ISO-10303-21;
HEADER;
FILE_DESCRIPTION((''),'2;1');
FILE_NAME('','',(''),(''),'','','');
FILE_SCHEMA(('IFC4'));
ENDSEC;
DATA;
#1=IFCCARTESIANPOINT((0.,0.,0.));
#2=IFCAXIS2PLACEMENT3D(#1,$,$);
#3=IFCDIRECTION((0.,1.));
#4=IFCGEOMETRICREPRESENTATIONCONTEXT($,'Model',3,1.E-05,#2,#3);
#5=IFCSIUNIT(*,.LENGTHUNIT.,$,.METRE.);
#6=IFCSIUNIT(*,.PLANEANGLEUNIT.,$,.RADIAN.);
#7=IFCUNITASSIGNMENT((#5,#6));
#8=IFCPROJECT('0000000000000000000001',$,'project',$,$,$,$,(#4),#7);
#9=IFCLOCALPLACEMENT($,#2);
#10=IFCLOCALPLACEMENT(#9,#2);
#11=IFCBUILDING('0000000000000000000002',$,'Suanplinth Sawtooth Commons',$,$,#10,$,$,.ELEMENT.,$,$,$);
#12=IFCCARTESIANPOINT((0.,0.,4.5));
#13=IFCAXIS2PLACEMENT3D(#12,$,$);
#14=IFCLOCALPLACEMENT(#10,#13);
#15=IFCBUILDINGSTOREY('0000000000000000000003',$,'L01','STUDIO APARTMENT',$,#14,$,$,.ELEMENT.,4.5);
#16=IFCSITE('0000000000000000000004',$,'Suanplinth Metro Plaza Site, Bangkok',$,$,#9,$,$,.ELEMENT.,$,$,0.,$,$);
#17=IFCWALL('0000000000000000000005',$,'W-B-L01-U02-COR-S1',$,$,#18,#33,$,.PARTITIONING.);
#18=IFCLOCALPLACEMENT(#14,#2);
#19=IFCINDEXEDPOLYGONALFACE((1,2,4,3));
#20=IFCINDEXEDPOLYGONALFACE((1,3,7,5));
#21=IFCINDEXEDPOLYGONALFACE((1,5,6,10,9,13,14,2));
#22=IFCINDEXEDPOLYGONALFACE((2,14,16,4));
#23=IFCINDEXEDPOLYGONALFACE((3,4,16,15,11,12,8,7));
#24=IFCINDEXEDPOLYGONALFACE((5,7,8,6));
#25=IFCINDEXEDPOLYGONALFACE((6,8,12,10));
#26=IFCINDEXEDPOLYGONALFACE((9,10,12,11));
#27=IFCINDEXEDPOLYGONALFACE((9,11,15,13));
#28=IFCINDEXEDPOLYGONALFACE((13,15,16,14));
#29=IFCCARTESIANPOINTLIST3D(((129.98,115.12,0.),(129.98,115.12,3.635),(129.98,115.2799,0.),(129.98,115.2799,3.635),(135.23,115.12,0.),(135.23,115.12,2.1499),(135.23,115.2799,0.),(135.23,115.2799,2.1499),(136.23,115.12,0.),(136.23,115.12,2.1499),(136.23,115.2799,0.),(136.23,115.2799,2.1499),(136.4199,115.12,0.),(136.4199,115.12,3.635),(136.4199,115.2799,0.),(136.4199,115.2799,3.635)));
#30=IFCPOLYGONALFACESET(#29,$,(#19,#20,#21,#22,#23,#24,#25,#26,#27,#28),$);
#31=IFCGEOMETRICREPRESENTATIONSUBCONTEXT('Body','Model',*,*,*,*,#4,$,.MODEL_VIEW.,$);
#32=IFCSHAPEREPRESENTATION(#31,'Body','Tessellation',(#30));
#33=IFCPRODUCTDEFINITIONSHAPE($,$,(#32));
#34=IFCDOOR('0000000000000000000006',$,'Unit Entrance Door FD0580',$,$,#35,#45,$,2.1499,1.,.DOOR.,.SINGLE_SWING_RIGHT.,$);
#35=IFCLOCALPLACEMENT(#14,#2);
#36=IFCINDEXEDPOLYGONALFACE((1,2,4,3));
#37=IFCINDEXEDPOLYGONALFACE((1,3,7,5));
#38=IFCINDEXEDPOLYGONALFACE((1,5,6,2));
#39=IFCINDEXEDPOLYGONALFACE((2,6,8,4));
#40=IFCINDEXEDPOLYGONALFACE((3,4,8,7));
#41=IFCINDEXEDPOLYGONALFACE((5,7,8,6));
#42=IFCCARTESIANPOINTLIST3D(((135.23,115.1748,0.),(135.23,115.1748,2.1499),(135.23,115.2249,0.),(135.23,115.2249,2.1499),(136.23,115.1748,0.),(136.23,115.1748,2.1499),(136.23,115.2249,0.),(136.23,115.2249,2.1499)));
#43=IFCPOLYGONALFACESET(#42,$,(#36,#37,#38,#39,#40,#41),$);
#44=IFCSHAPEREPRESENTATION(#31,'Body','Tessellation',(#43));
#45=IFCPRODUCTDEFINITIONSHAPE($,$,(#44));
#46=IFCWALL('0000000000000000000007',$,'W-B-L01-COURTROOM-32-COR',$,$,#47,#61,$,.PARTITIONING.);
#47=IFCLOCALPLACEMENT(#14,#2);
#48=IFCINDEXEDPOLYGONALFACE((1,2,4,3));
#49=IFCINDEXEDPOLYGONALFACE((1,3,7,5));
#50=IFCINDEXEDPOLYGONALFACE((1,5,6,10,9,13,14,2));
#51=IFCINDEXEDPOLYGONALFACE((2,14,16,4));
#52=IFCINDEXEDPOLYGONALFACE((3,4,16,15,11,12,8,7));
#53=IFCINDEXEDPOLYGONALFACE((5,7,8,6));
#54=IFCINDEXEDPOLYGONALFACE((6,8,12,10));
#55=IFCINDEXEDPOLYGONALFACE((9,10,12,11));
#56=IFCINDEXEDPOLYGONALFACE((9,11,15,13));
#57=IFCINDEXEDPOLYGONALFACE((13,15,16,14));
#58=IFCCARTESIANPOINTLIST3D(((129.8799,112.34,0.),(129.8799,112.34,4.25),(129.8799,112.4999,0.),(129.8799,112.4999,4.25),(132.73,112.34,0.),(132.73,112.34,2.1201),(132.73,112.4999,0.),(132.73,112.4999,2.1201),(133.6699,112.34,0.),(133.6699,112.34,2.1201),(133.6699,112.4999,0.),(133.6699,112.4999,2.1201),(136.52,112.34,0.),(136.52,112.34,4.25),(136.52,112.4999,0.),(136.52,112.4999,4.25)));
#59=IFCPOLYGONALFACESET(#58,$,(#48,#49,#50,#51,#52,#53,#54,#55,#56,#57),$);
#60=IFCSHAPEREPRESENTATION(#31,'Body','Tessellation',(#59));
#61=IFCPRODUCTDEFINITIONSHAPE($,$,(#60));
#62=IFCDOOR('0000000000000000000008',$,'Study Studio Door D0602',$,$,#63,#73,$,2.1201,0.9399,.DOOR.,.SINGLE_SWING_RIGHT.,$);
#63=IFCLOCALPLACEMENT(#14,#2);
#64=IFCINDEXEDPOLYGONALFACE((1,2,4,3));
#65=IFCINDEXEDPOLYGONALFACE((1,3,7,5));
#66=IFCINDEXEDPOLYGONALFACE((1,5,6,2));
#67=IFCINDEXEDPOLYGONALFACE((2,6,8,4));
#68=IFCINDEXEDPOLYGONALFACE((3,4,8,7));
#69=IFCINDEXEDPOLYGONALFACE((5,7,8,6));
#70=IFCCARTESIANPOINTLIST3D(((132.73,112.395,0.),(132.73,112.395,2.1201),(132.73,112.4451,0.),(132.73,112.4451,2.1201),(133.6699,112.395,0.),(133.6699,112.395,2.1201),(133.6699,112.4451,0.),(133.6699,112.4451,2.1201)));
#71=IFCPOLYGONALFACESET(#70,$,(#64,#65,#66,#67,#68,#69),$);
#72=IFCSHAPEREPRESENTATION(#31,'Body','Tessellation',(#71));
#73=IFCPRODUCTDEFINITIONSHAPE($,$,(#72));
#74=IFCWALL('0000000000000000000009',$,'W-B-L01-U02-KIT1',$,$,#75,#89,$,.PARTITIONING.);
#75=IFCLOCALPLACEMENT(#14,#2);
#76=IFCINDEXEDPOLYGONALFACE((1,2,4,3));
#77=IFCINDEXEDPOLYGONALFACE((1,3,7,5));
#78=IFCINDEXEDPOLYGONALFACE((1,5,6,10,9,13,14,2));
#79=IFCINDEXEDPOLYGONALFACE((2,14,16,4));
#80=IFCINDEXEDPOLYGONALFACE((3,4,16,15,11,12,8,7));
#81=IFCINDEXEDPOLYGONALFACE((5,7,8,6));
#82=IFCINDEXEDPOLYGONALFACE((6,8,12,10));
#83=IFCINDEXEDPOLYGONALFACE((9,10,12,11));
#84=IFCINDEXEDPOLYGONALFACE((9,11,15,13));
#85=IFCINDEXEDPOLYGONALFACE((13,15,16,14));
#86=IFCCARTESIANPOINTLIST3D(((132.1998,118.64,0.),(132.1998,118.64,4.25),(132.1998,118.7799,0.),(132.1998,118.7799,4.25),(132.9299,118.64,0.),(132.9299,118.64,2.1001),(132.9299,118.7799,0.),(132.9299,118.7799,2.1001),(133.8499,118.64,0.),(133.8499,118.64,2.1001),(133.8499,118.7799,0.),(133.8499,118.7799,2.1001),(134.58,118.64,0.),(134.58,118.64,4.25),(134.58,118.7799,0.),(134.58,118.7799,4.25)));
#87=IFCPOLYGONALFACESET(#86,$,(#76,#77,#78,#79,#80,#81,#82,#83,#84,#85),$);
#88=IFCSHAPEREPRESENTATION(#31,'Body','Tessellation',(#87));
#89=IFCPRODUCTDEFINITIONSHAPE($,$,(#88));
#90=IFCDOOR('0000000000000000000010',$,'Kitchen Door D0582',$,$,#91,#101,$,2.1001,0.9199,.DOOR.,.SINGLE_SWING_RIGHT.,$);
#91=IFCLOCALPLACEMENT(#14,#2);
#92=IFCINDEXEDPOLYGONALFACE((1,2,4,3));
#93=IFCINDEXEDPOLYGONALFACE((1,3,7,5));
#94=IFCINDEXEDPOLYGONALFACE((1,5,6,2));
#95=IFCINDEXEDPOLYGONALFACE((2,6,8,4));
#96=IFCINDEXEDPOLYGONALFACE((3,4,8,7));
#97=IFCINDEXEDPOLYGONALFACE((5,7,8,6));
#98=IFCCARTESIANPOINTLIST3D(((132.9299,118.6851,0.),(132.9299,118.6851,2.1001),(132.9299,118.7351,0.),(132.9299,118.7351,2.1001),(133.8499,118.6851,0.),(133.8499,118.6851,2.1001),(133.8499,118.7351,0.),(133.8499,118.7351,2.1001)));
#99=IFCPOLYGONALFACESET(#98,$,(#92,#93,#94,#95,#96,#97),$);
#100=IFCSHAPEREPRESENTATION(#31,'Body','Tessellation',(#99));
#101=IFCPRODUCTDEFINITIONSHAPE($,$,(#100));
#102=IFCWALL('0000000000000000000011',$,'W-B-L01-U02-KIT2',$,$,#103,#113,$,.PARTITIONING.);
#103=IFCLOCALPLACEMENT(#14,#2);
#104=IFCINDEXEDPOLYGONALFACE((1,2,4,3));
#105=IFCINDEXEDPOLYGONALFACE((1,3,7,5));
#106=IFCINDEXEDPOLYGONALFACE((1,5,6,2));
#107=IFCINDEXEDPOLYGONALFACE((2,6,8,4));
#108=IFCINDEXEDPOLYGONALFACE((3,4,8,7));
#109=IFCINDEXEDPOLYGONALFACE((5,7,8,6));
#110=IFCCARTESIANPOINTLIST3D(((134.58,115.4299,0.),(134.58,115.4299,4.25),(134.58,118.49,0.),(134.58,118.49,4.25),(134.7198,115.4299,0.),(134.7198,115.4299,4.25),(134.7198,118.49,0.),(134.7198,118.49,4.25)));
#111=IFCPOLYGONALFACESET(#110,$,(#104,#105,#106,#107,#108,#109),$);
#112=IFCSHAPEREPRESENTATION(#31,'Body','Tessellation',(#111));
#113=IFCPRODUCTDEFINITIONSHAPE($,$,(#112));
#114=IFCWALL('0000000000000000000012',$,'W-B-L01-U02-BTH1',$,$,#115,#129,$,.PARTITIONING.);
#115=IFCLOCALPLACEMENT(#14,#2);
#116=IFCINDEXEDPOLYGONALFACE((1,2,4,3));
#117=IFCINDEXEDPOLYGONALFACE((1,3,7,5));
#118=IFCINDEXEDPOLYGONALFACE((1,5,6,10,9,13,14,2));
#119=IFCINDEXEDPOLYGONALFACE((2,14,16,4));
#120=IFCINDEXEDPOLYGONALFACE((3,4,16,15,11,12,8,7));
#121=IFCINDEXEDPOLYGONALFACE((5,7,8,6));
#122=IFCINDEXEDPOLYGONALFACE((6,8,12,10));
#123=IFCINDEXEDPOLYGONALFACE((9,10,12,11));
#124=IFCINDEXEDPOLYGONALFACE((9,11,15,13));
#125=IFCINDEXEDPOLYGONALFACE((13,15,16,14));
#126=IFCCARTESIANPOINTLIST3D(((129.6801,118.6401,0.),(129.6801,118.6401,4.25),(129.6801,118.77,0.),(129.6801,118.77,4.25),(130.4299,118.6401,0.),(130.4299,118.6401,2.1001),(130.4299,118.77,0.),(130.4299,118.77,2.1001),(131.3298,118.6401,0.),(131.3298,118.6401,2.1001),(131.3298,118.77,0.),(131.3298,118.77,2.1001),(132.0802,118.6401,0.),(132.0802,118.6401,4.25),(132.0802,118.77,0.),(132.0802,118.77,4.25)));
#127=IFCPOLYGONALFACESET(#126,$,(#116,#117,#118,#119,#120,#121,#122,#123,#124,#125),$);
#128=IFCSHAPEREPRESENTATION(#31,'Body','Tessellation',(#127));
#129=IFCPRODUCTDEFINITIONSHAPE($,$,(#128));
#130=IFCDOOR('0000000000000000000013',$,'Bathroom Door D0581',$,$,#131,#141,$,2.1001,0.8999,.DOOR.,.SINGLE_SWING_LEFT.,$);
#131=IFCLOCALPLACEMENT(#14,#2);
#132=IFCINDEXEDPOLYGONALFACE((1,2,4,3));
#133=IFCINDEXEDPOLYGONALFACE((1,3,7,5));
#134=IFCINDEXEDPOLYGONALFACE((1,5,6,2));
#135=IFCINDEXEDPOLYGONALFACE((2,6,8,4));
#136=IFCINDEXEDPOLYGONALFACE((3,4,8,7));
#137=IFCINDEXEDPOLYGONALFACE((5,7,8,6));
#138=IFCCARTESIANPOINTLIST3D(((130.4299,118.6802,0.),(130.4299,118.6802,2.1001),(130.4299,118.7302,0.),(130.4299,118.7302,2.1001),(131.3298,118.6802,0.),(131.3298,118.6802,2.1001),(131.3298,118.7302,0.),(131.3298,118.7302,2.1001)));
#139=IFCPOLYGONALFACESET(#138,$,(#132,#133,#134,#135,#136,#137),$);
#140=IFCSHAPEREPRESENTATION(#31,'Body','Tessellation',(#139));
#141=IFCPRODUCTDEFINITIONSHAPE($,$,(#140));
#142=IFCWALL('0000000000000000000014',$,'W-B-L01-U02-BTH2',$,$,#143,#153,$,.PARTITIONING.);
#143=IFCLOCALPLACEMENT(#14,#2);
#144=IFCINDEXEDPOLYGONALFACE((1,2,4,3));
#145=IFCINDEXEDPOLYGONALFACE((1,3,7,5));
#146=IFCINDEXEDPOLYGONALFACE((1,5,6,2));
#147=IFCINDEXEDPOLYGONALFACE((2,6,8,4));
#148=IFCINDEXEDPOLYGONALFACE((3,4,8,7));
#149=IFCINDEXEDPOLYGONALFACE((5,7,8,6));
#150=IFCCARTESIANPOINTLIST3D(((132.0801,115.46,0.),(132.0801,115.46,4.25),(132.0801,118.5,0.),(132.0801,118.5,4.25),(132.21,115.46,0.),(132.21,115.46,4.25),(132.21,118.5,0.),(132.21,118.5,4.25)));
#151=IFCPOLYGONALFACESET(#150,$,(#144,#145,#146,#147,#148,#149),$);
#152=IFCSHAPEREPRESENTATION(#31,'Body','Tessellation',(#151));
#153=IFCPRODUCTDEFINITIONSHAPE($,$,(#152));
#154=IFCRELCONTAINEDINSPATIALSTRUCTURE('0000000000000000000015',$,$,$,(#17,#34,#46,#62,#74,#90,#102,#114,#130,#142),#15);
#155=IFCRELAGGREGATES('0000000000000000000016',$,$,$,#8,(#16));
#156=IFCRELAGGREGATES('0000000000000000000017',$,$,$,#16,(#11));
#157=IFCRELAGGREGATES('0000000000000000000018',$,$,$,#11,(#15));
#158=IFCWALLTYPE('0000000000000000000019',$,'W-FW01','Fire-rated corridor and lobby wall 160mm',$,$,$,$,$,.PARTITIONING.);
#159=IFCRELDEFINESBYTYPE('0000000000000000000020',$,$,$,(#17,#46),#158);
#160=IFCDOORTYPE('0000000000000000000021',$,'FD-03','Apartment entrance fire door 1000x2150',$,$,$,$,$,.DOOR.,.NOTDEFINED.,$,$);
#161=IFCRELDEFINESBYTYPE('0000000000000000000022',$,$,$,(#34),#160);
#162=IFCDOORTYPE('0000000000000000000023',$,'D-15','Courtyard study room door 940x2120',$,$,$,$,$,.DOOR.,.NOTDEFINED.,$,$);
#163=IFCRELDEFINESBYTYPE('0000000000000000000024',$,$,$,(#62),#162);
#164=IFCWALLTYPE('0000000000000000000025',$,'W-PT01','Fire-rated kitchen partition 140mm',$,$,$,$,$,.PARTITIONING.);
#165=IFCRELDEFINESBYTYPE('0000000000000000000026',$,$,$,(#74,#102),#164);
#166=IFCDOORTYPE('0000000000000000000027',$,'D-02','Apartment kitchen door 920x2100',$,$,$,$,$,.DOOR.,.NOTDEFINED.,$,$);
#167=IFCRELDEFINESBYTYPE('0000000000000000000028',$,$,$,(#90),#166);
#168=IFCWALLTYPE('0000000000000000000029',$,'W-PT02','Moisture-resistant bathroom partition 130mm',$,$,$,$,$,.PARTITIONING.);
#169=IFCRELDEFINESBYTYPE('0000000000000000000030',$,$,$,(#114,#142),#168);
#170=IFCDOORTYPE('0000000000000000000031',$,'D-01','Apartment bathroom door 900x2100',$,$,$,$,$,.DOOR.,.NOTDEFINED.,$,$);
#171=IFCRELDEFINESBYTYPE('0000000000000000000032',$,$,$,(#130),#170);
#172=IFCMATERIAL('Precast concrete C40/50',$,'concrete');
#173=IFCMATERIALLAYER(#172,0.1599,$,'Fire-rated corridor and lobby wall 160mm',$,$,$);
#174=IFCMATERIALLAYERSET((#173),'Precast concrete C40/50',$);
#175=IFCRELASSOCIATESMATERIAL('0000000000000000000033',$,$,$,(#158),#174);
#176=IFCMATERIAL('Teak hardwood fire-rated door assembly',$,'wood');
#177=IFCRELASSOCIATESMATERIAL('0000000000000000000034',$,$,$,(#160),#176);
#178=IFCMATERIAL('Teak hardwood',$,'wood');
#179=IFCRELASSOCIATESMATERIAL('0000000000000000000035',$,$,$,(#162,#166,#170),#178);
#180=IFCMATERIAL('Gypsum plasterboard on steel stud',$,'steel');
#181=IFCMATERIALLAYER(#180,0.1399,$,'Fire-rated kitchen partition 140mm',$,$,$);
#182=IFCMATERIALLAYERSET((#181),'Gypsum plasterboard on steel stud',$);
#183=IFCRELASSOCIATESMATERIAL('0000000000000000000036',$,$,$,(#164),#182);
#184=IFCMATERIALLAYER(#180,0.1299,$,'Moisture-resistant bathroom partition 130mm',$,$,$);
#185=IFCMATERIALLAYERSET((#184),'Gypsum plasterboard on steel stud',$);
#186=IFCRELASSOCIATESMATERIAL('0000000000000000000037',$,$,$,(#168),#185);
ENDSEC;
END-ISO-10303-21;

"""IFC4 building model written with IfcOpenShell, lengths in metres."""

from ifc_helpers import new_model, si_unit, direction, frame, frame_2d, origin, place, context, subcontext, project, spatial, rectangle, extrude, material, layer, layer_set, type_object, element, fill, save


model = new_model("IFC4")

# Units and contexts
model_context = context("Model", 3, precision=1e-05, world=origin(), true_north=direction((0.0, 1.0)))
body_context = subcontext(model_context, "Body", "Model", "MODEL_VIEW")
ifc_project = project(units=[si_unit("LENGTHUNIT", "METRE"), si_unit("PLANEANGLEUNIT", "RADIAN")], contexts=[model_context])

# Site, building, storey
site_placement = place(None, origin())
site = spatial("IfcSite", under=ifc_project, at=site_placement, Name="Suanplinth Metro Plaza Site, Bangkok", CompositionType="ELEMENT", RefElevation=0.0)
building_placement = place(site_placement, origin())
building = spatial("IfcBuilding", under=site, at=building_placement, Name="Suanplinth Sawtooth Commons", CompositionType="ELEMENT")
storey_placement = place(building_placement, frame((0.0, 0.0, 4.5)))
storey = spatial("IfcBuildingStorey", under=building, at=storey_placement, Name="L01", Description="STUDIO APARTMENT", CompositionType="ELEMENT", Elevation=4.5)

# Shared definitions
ifc_material_1 = material(Name="Precast concrete C40/50", Category="concrete")

# Shared definitions
ifc_material_2 = material(Name="Teak hardwood fire-rated door assembly", Category="wood")

# Walls, openings, doors
ifc_layer_1 = layer(ifc_material_1, 0.1599, Name="Fire-rated corridor and lobby wall 160mm")
ifc_layer_set_1 = layer_set([ifc_layer_1], Name="Precast concrete C40/50")
wall_type_1 = type_object("IfcWallType", Name="W-FW01", Description="Fire-rated corridor and lobby wall 160mm", PredefinedType="PARTITIONING", material=ifc_layer_set_1)
wall_1_placement = place(storey_placement, frame((129.98, 115.2, 0.0), z_axis=(0.0, 0.0, 1.0), x_axis=(1.0, 0.0, 0.0)))
wall_1 = element("IfcWall", 1, at=wall_1_placement, inside=storey, type_object=wall_type_1, Name="W-B-L01-U02-COR-S1", PredefinedType="PARTITIONING", context=body_context, shape_type="SweptSolid", body=[
    extrude(rectangle(XDim=6.4399, YDim=0.1599, at=frame_2d((3.22, 0.0))), origin(), (0.0, 0.0, 1.0), 3.635),
])
opening_1_placement = place(wall_1_placement, frame((5.25, 0.0, 0.0)))
opening_1 = element("IfcOpeningElement", 2, at=opening_1_placement, cuts=wall_1, PredefinedType="OPENING", context=body_context, shape_type="SweptSolid", body=[
    extrude(rectangle(XDim=1.0, YDim=2.1499, at=frame_2d((0.5, 1.075))), frame((0.0, 0.0947, 0.0), z_axis=(0.0, -1.0, 0.0), x_axis=(1.0, 0.0, 0.0)), (0.0, 0.0, 1.0), 0.1897),
])
door_type_1 = type_object("IfcDoorType", Name="FD-03", Description="Apartment entrance fire door 1000x2150", OperationType="NOTDEFINED", PredefinedType="DOOR", material=ifc_material_2)
door_1_placement = place(opening_1_placement, origin())
door_1 = element("IfcDoor", 3, at=door_1_placement, inside=storey, type_object=door_type_1, Name="Unit Entrance Door FD0580", OperationType="SINGLE_SWING_RIGHT", OverallHeight=2.1499, OverallWidth=1.0, PredefinedType="DOOR", context=body_context, shape_type="SweptSolid", body=[
    extrude(rectangle(XDim=1.0, YDim=2.1499, at=frame_2d((0.5, 1.075))), frame((0.0, 0.0249, 0.0), z_axis=(0.0, -1.0, 0.0), x_axis=(1.0, 0.0, 0.0)), (0.0, 0.0, 1.0), 0.05),
])
fill(opening_1, door_1)
wall_2_placement = place(storey_placement, frame((129.8799, 112.4199, 0.0), z_axis=(0.0, 0.0, 1.0), x_axis=(1.0, 0.0, 0.0)))
wall_2 = element("IfcWall", 4, at=wall_2_placement, inside=storey, type_object=wall_type_1, Name="W-B-L01-COURTROOM-32-COR", PredefinedType="PARTITIONING", context=body_context, shape_type="SweptSolid", body=[
    extrude(rectangle(XDim=6.6401, YDim=0.1599, at=frame_2d((3.3201, 0.0))), origin(), (0.0, 0.0, 1.0), 4.25),
])
opening_2_placement = place(wall_2_placement, frame((2.8501, 0.0, 0.0)))
opening_2 = element("IfcOpeningElement", 5, at=opening_2_placement, cuts=wall_2, PredefinedType="OPENING", context=body_context, shape_type="SweptSolid", body=[
    extrude(rectangle(XDim=0.9399, YDim=2.1201, at=frame_2d((0.47, 1.0601))), frame((0.0, 0.0947, 0.0), z_axis=(0.0, -1.0, 0.0), x_axis=(1.0, 0.0, 0.0)), (0.0, 0.0, 1.0), 0.1897),
])
ifc_material_3 = material(Name="Teak hardwood", Category="wood")
door_type_2 = type_object("IfcDoorType", Name="D-15", Description="Courtyard study room door 940x2120", OperationType="NOTDEFINED", PredefinedType="DOOR", material=ifc_material_3)
door_2_placement = place(opening_2_placement, frame((0.9399, 0.0, 0.0), z_axis=(0.0, 0.0, 1.0), x_axis=(-1.0, 0.0, 0.0)))
door_2 = element("IfcDoor", 6, at=door_2_placement, inside=storey, type_object=door_type_2, Name="Study Studio Door D0602", OperationType="SINGLE_SWING_RIGHT", OverallHeight=2.1201, OverallWidth=0.9399, PredefinedType="DOOR", context=body_context, shape_type="SweptSolid", body=[
    extrude(rectangle(XDim=0.9399, YDim=2.1201, at=frame_2d((0.47, 1.0601))), frame((0.0, 0.0249, 0.0), z_axis=(0.0, -1.0, 0.0), x_axis=(1.0, 0.0, 0.0)), (0.0, 0.0, 1.0), 0.05),
])
fill(opening_2, door_2)
ifc_material_4 = material(Name="Gypsum plasterboard on steel stud", Category="steel")
ifc_layer_2 = layer(ifc_material_4, 0.1399, Name="Fire-rated kitchen partition 140mm")
ifc_layer_set_2 = layer_set([ifc_layer_2], Name="Gypsum plasterboard on steel stud")
wall_type_2 = type_object("IfcWallType", Name="W-PT01", Description="Fire-rated kitchen partition 140mm", PredefinedType="PARTITIONING", material=ifc_layer_set_2)
wall_3_placement = place(storey_placement, frame((132.2, 118.71, 0.0), z_axis=(0.0, 0.0, 1.0), x_axis=(1.0, 0.0, 0.0)))
wall_3 = element("IfcWall", 7, at=wall_3_placement, inside=storey, type_object=wall_type_2, Name="W-B-L01-U02-KIT1", PredefinedType="PARTITIONING", context=body_context, shape_type="SweptSolid", body=[
    extrude(rectangle(XDim=2.3801, YDim=0.1399, at=frame_2d((1.1899, 0.0))), origin(), (0.0, 0.0, 1.0), 4.25),
])
opening_3_placement = place(wall_3_placement, frame((0.73, 0.0, 0.0)))
opening_3 = element("IfcOpeningElement", 8, at=opening_3_placement, cuts=wall_3, PredefinedType="OPENING", context=body_context, shape_type="SweptSolid", body=[
    extrude(rectangle(XDim=0.9199, YDim=2.1001, at=frame_2d((0.46, 1.05))), frame((0.0, 0.085, 0.0), z_axis=(0.0, -1.0, 0.0), x_axis=(1.0, 0.0, 0.0)), (0.0, 0.0, 1.0), 0.1697),
])
door_type_3 = type_object("IfcDoorType", Name="D-02", Description="Apartment kitchen door 920x2100", OperationType="NOTDEFINED", PredefinedType="DOOR", material=ifc_material_3)
door_3_placement = place(opening_3_placement, frame((0.9199, 0.0, 0.0), z_axis=(0.0, 0.0, 1.0), x_axis=(-1.0, 0.0, 0.0)))
door_3 = element("IfcDoor", 9, at=door_3_placement, inside=storey, type_object=door_type_3, Name="Kitchen Door D0582", OperationType="SINGLE_SWING_RIGHT", OverallHeight=2.1001, OverallWidth=0.9199, PredefinedType="DOOR", context=body_context, shape_type="SweptSolid", body=[
    extrude(rectangle(XDim=0.9199, YDim=2.1001, at=frame_2d((0.46, 1.05))), frame((0.0, 0.0249, 0.0), z_axis=(0.0, -1.0, 0.0), x_axis=(1.0, 0.0, 0.0)), (0.0, 0.0, 1.0), 0.05),
])
fill(opening_3, door_3)

# Wall
wall_4_placement = place(storey_placement, frame((134.6499, 115.4299, 0.0), z_axis=(0.0, 0.0, 1.0), x_axis=(0.0, 1.0, 0.0)))
element("IfcWall", 10, at=wall_4_placement, inside=storey, type_object=wall_type_2, Name="W-B-L01-U02-KIT2", PredefinedType="PARTITIONING", context=body_context, shape_type="SweptSolid", body=[
    extrude(rectangle(XDim=3.0601, YDim=0.1399, at=frame_2d((1.53, 0.0))), origin(), (0.0, 0.0, 1.0), 4.25),
])

# Wall, opening, door
ifc_layer_3 = layer(ifc_material_4, 0.1299, Name="Moisture-resistant bathroom partition 130mm")
ifc_layer_set_3 = layer_set([ifc_layer_3], Name="Gypsum plasterboard on steel stud")
wall_type_3 = type_object("IfcWallType", Name="W-PT02", Description="Moisture-resistant bathroom partition 130mm", PredefinedType="PARTITIONING", material=ifc_layer_set_3)
wall_5_placement = place(storey_placement, frame((129.6799, 118.7051, 0.0), z_axis=(0.0, 0.0, 1.0), x_axis=(1.0, 0.0, 0.0)))
wall_5 = element("IfcWall", 11, at=wall_5_placement, inside=storey, type_object=wall_type_3, Name="W-B-L01-U02-BTH1", PredefinedType="PARTITIONING", context=body_context, shape_type="SweptSolid", body=[
    extrude(rectangle(XDim=2.4001, YDim=0.1299, at=frame_2d((1.2002, 0.0))), origin(), (0.0, 0.0, 1.0), 4.25),
])
opening_4_placement = place(wall_5_placement, frame((0.75, 0.0, 0.0)))
opening_4 = element("IfcOpeningElement", 12, at=opening_4_placement, cuts=wall_5, PredefinedType="OPENING", context=body_context, shape_type="SweptSolid", body=[
    extrude(rectangle(XDim=0.8999, YDim=2.1001, at=frame_2d((0.45, 1.05))), frame((0.0, 0.0798, 0.0), z_axis=(0.0, -1.0, 0.0), x_axis=(1.0, 0.0, 0.0)), (0.0, 0.0, 1.0), 0.1597),
])
door_type_4 = type_object("IfcDoorType", Name="D-01", Description="Apartment bathroom door 900x2100", OperationType="NOTDEFINED", PredefinedType="DOOR", material=ifc_material_3)
door_4_placement = place(opening_4_placement, frame((0.8999, 0.0, 0.0), z_axis=(0.0, 0.0, 1.0), x_axis=(-1.0, 0.0, 0.0)))
door_4 = element("IfcDoor", 13, at=door_4_placement, inside=storey, type_object=door_type_4, Name="Bathroom Door D0581", OperationType="SINGLE_SWING_LEFT", OverallHeight=2.1001, OverallWidth=0.8999, PredefinedType="DOOR", context=body_context, shape_type="SweptSolid", body=[
    extrude(rectangle(XDim=0.8999, YDim=2.1001, at=frame_2d((0.45, 1.05))), frame((0.0, 0.0249, 0.0), z_axis=(0.0, -1.0, 0.0), x_axis=(1.0, 0.0, 0.0)), (0.0, 0.0, 1.0), 0.05),
])
fill(opening_4, door_4)

# Wall
wall_6_placement = place(storey_placement, frame((132.145, 115.46, 0.0), z_axis=(0.0, 0.0, 1.0), x_axis=(0.0, 1.0, 0.0)))
element("IfcWall", 14, at=wall_6_placement, inside=storey, type_object=wall_type_3, Name="W-B-L01-U02-BTH2", PredefinedType="PARTITIONING", context=body_context, shape_type="SweptSolid", body=[
    extrude(rectangle(XDim=3.04, YDim=0.1299, at=frame_2d((1.52, 0.0))), origin(), (0.0, 0.0, 1.0), 4.25),
])

save(model, "model.ifc")
